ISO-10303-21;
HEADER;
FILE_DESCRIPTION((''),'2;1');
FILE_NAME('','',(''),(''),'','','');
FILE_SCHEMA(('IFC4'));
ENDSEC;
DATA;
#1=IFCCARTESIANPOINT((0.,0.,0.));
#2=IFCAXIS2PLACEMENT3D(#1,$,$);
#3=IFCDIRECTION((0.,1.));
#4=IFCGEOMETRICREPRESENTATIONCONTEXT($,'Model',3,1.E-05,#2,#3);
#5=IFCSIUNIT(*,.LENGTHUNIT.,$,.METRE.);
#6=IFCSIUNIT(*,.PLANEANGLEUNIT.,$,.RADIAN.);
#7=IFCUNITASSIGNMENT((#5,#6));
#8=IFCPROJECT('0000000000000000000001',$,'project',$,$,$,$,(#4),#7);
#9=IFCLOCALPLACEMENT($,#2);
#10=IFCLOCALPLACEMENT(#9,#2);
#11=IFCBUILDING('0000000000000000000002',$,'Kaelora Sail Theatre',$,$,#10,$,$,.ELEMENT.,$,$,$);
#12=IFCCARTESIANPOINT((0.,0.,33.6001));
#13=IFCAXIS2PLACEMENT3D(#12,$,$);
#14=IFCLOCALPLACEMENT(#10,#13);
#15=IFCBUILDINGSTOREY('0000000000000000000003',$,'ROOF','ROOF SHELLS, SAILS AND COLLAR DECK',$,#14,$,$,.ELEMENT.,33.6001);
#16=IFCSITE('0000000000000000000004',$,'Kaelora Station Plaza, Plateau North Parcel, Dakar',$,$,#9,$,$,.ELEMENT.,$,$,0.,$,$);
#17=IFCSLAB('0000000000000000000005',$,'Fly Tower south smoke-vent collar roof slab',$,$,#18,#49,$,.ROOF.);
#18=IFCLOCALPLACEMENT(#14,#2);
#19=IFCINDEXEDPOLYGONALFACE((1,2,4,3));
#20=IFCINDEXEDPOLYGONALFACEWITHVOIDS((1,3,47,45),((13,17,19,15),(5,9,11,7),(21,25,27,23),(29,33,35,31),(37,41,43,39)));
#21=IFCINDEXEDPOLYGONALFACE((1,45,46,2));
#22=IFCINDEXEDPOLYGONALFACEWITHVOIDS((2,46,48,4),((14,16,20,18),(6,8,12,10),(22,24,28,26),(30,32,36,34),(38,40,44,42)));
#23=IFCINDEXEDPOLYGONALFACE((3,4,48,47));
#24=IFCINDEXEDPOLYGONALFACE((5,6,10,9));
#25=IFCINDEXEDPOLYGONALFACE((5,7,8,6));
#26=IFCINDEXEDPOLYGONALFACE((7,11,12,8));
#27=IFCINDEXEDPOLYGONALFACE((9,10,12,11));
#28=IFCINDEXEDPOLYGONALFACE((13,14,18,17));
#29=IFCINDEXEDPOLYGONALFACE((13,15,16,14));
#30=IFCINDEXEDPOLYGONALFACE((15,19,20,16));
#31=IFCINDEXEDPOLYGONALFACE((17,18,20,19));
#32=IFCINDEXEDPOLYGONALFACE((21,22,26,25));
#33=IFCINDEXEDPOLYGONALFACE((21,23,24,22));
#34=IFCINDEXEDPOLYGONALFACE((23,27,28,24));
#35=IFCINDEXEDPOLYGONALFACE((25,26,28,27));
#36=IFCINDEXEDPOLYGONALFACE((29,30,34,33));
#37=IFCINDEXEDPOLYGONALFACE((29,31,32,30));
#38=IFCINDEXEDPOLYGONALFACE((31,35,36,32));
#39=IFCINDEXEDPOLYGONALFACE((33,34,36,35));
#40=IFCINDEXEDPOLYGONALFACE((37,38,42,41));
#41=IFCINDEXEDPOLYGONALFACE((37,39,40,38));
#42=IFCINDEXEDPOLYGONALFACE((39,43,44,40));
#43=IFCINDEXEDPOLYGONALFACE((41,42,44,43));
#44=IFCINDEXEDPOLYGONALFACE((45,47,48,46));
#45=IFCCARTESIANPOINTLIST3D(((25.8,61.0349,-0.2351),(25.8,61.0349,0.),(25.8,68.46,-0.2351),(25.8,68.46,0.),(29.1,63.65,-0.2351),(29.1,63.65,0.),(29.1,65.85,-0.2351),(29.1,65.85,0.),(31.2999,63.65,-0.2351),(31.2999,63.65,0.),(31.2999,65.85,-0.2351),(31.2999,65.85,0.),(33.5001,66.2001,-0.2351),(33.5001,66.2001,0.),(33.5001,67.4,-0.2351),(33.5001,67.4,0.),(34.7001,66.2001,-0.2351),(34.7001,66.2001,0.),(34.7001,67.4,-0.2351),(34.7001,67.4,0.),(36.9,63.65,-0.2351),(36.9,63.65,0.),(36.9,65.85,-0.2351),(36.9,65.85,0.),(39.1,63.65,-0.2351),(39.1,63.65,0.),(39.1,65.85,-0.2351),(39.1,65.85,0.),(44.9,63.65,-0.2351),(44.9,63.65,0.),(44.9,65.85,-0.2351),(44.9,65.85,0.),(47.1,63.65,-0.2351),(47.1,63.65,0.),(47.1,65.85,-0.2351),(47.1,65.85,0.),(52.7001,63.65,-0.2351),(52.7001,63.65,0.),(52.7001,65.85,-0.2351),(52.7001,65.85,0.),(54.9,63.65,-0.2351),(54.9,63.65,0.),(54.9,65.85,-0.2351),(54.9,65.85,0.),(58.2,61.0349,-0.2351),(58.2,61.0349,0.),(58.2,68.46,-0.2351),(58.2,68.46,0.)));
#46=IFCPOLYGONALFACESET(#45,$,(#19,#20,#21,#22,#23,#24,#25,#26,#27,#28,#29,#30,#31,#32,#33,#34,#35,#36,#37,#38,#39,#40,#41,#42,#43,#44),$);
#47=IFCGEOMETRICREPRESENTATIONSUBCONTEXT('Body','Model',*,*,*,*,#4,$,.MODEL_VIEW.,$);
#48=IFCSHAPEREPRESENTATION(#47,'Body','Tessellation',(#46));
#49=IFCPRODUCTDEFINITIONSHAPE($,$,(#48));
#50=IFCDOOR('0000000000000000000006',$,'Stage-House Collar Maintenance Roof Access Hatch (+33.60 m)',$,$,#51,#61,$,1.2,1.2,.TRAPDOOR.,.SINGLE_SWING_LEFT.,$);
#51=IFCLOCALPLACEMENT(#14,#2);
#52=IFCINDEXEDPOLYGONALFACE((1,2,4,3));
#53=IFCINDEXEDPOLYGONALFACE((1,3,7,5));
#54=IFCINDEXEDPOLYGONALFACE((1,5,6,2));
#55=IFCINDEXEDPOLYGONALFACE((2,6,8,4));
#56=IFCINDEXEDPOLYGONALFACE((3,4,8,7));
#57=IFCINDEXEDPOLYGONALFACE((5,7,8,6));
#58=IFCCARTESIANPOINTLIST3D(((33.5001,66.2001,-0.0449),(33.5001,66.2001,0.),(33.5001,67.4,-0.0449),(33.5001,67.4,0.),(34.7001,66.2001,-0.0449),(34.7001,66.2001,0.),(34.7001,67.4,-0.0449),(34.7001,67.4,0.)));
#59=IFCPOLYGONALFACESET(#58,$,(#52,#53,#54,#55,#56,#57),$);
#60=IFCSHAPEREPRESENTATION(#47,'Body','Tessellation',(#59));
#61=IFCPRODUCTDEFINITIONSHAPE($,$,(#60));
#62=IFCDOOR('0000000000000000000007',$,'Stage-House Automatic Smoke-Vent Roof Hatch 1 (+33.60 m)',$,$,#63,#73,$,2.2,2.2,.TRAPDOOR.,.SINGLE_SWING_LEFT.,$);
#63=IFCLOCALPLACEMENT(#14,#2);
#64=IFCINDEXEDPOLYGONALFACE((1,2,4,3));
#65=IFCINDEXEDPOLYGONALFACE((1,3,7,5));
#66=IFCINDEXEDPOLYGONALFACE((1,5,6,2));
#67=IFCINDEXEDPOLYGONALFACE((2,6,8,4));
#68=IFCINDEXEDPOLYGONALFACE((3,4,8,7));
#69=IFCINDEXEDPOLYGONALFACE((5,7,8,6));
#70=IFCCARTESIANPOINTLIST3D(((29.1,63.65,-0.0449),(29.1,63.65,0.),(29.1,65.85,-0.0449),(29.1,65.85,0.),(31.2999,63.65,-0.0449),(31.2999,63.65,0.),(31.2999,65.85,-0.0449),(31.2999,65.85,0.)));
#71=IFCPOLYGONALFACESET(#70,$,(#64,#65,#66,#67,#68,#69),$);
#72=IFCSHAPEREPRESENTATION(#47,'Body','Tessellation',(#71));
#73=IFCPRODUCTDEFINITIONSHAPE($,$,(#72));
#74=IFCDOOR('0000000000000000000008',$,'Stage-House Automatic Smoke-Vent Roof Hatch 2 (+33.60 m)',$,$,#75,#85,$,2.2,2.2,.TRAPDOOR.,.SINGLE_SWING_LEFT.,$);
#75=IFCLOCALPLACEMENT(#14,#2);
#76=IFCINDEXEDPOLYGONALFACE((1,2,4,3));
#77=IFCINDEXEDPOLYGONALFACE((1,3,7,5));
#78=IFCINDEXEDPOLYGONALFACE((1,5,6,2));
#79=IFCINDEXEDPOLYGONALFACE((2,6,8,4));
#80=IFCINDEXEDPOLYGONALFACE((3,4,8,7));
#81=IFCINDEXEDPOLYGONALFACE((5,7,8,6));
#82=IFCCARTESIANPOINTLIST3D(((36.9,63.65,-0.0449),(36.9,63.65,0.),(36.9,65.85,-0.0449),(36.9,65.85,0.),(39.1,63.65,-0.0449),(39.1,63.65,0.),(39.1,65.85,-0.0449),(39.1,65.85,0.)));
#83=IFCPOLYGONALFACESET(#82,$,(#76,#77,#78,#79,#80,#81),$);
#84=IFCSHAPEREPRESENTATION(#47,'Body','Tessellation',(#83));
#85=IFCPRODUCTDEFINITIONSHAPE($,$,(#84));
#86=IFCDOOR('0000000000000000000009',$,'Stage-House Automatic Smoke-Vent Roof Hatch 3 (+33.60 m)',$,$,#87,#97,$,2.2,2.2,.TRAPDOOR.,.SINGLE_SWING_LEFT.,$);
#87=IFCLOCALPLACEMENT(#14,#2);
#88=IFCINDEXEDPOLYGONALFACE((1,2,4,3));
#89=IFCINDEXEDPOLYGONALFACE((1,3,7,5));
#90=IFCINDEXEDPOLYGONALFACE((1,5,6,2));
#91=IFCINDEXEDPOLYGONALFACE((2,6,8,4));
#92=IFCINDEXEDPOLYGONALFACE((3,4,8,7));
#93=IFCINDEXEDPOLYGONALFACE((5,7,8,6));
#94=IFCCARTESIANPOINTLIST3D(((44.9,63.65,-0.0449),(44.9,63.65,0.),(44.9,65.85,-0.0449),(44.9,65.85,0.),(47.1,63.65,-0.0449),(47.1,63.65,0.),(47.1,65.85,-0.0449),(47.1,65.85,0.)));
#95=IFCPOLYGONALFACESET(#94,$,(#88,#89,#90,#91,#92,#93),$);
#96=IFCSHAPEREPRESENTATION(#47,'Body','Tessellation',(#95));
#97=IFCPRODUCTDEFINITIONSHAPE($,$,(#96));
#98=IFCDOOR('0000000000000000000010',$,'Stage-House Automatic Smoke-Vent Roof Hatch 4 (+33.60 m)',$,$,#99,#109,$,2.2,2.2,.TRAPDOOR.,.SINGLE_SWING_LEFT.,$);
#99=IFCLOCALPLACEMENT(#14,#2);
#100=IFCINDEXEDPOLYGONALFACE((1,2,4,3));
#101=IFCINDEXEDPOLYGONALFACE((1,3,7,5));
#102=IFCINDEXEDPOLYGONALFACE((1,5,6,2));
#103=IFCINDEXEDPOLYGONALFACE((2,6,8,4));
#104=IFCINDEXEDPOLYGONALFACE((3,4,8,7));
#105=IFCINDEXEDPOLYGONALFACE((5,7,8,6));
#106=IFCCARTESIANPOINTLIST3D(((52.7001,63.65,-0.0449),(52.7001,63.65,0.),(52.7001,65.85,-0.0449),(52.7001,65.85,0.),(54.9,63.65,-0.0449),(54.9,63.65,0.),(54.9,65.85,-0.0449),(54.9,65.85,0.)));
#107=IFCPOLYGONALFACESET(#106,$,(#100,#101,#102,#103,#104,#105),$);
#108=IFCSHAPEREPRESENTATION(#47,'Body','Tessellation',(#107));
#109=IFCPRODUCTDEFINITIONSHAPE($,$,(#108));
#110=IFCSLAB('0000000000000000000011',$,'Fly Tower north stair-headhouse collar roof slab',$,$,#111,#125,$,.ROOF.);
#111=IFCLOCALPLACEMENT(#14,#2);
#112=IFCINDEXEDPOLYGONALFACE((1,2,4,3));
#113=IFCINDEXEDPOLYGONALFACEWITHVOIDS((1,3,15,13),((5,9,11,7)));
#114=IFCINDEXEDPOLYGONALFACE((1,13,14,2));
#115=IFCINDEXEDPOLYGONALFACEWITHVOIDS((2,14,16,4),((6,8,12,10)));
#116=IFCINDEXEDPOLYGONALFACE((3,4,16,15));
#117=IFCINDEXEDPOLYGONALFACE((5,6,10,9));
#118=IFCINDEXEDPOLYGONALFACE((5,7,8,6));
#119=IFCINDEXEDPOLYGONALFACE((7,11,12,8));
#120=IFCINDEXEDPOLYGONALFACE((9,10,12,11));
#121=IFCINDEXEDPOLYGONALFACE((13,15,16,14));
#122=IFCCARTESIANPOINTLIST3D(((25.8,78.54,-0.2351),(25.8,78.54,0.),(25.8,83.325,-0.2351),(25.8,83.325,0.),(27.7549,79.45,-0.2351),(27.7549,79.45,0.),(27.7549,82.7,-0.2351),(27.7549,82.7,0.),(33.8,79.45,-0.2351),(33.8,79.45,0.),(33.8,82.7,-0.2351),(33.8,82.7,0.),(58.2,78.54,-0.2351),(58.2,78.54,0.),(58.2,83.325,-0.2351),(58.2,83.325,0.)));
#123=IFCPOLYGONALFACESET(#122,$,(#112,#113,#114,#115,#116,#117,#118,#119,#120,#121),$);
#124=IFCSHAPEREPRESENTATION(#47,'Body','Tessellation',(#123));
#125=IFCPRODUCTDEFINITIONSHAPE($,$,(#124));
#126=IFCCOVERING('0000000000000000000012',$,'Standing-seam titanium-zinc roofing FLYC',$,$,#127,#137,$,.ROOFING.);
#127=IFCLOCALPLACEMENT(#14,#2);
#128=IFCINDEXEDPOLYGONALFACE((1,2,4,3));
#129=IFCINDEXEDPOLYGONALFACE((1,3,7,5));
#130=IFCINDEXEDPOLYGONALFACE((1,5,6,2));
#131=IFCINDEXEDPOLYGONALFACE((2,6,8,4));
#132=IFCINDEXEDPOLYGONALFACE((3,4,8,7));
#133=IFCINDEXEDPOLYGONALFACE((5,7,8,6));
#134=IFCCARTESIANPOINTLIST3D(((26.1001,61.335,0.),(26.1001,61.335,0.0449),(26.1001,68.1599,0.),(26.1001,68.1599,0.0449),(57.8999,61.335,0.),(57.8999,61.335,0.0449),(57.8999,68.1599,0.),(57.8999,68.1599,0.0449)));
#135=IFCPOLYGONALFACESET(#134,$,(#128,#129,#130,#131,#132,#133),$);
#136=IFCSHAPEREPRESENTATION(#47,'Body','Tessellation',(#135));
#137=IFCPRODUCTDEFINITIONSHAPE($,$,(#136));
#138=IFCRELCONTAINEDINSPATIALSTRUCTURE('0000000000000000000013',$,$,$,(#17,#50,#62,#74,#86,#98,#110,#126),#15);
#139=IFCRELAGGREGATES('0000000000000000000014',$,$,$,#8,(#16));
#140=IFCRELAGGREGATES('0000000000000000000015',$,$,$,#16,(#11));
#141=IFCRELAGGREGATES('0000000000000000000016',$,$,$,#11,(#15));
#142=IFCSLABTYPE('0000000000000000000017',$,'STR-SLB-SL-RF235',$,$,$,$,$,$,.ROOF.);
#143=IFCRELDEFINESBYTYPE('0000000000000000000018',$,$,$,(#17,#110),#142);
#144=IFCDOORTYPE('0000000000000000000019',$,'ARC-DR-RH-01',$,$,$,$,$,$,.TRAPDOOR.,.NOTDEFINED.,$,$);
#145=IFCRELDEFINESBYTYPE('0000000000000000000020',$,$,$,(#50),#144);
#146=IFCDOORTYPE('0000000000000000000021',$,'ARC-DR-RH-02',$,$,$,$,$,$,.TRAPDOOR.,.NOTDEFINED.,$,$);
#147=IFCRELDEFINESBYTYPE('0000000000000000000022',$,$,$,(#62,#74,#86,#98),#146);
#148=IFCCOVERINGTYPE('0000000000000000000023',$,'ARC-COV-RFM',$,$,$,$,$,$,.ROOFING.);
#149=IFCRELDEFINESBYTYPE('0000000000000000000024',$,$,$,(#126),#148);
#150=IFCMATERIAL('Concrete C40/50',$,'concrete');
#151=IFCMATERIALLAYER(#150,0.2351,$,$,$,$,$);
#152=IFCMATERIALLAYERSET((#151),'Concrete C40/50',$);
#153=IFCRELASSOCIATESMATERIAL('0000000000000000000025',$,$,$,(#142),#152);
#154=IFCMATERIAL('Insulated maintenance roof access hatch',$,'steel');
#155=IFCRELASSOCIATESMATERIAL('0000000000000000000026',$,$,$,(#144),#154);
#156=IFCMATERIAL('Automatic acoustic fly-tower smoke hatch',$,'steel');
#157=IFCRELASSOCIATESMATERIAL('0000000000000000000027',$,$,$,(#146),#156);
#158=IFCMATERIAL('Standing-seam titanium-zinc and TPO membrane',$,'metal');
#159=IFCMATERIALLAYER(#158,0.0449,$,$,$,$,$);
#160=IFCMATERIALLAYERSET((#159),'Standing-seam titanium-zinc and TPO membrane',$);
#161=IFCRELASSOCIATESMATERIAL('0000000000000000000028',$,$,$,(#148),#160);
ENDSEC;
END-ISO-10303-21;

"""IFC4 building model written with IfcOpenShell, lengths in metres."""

from ifc_helpers import new_model, si_unit, direction, frame, origin, origin_2d, place, context, subcontext, project, spatial, polyline, rectangle, outline, extrude, material, layer, layer_set, type_object, element, fill, save


model = new_model("IFC4")

# Units and contexts
model_context = context("Model", 3, precision=1e-05, world=origin(), true_north=direction((0.0, 1.0)))
body_context = subcontext(model_context, "Body", "Model", "MODEL_VIEW")
ifc_project = project(units=[si_unit("LENGTHUNIT", "METRE"), si_unit("PLANEANGLEUNIT", "RADIAN")], contexts=[model_context])

# Site, building, storey
site_placement = place(None, origin())
site = spatial("IfcSite", under=ifc_project, at=site_placement, Name="Kaelora Station Plaza, Plateau North Parcel, Dakar", CompositionType="ELEMENT", RefElevation=0.0)
building_placement = place(site_placement, origin())
building = spatial("IfcBuilding", under=site, at=building_placement, Name="Kaelora Sail Theatre", CompositionType="ELEMENT")
storey_placement = place(building_placement, frame((0.0, 0.0, 33.6001)))
storey = spatial("IfcBuildingStorey", under=building, at=storey_placement, Name="ROOF", Description="ROOF SHELLS, SAILS AND COLLAR DECK", CompositionType="ELEMENT", Elevation=33.6001)

# Slab, openings, doors
ifc_material_1 = material(Name="Concrete C40/50", Category="concrete")
ifc_layer_1 = layer(ifc_material_1, 0.2351)
ifc_layer_set_1 = layer_set([ifc_layer_1], Name="Concrete C40/50")
slab_type_1 = type_object("IfcSlabType", Name="STR-SLB-SL-RF235", PredefinedType="ROOF", material=ifc_layer_set_1)
slab_1_placement = place(storey_placement, frame((0.0, 0.0, -0.2351)))
slab_1 = element("IfcSlab", 1, at=slab_1_placement, inside=storey, type_object=slab_type_1, Name="Fly Tower south smoke-vent collar roof slab", PredefinedType="ROOF", context=body_context, shape_type="SweptSolid", body=[
    extrude(outline(polyline([(25.8, 61.0349), (58.2, 61.0349), (58.2, 68.46), (25.8, 68.46), (25.8, 61.0349)])), origin(), (0.0, 0.0, 1.0), 0.2351),
])
opening_1_placement = place(slab_1_placement, frame((30.2, 64.75, 0.0)))
opening_1 = element("IfcOpeningElement", 2, at=opening_1_placement, cuts=slab_1, PredefinedType="OPENING", context=body_context, shape_type="SweptSolid", body=[
    extrude(rectangle(XDim=2.2, YDim=2.2, at=origin_2d()), origin(), (0.0, 0.0, 1.0), 0.2351),
])
opening_2_placement = place(slab_1_placement, frame((38.0, 64.75, 0.0)))
opening_2 = element("IfcOpeningElement", 3, at=opening_2_placement, cuts=slab_1, PredefinedType="OPENING", context=body_context, shape_type="SweptSolid", body=[
    extrude(rectangle(XDim=2.2, YDim=2.2, at=origin_2d()), origin(), (0.0, 0.0, 1.0), 0.2351),
])
opening_3_placement = place(slab_1_placement, frame((46.0, 64.75, 0.0)))
opening_3 = element("IfcOpeningElement", 4, at=opening_3_placement, cuts=slab_1, PredefinedType="OPENING", context=body_context, shape_type="SweptSolid", body=[
    extrude(rectangle(XDim=2.2, YDim=2.2, at=origin_2d()), origin(), (0.0, 0.0, 1.0), 0.2351),
])
opening_4_placement = place(slab_1_placement, frame((53.8, 64.75, 0.0)))
opening_4 = element("IfcOpeningElement", 5, at=opening_4_placement, cuts=slab_1, PredefinedType="OPENING", context=body_context, shape_type="SweptSolid", body=[
    extrude(rectangle(XDim=2.2, YDim=2.2, at=origin_2d()), origin(), (0.0, 0.0, 1.0), 0.2351),
])
opening_5_placement = place(slab_1_placement, frame((34.1001, 66.8, 0.0)))
opening_5 = element("IfcOpeningElement", 6, at=opening_5_placement, cuts=slab_1, PredefinedType="OPENING", context=body_context, shape_type="SweptSolid", body=[
    extrude(rectangle(XDim=1.2, YDim=1.2, at=origin_2d()), origin(), (0.0, 0.0, 1.0), 0.2351),
])
ifc_material_2 = material(Name="Insulated maintenance roof access hatch", Category="steel")
door_type_1 = type_object("IfcDoorType", Name="ARC-DR-RH-01", OperationType="NOTDEFINED", PredefinedType="TRAPDOOR", material=ifc_material_2)
door_1_placement = place(opening_5_placement, frame((0.0, 0.0, 0.1902)))
door_1 = element("IfcDoor", 7, at=door_1_placement, inside=storey, type_object=door_type_1, Name="Stage-House Collar Maintenance Roof Access Hatch (+33.60 m)", OperationType="SINGLE_SWING_LEFT", OverallHeight=1.2, OverallWidth=1.2, PredefinedType="TRAPDOOR", context=body_context, shape_type="SweptSolid", body=[
    extrude(rectangle(XDim=1.2, YDim=1.2, at=origin_2d()), origin(), (0.0, 0.0, 1.0), 0.0449),
])
fill(opening_5, door_1)
ifc_material_3 = material(Name="Automatic acoustic fly-tower smoke hatch", Category="steel")
door_type_2 = type_object("IfcDoorType", Name="ARC-DR-RH-02", OperationType="NOTDEFINED", PredefinedType="TRAPDOOR", material=ifc_material_3)
door_2_placement = place(opening_1_placement, frame((0.0, 0.0, 0.1902)))
door_2 = element("IfcDoor", 8, at=door_2_placement, inside=storey, type_object=door_type_2, Name="Stage-House Automatic Smoke-Vent Roof Hatch 1 (+33.60 m)", OperationType="SINGLE_SWING_LEFT", OverallHeight=2.2, OverallWidth=2.2, PredefinedType="TRAPDOOR", context=body_context, shape_type="SweptSolid", body=[
    extrude(rectangle(XDim=2.2, YDim=2.2, at=origin_2d()), origin(), (0.0, 0.0, 1.0), 0.0449),
])
fill(opening_1, door_2)
door_3_placement = place(opening_2_placement, frame((0.0, 0.0, 0.1902)))
door_3 = element("IfcDoor", 9, at=door_3_placement, inside=storey, type_object=door_type_2, Name="Stage-House Automatic Smoke-Vent Roof Hatch 2 (+33.60 m)", OperationType="SINGLE_SWING_LEFT", OverallHeight=2.2, OverallWidth=2.2, PredefinedType="TRAPDOOR", context=body_context, shape_type="SweptSolid", body=[
    extrude(rectangle(XDim=2.2, YDim=2.2, at=origin_2d()), origin(), (0.0, 0.0, 1.0), 0.0449),
])
fill(opening_2, door_3)
door_4_placement = place(opening_3_placement, frame((0.0, 0.0, 0.1902)))
door_4 = element("IfcDoor", 10, at=door_4_placement, inside=storey, type_object=door_type_2, Name="Stage-House Automatic Smoke-Vent Roof Hatch 3 (+33.60 m)", OperationType="SINGLE_SWING_LEFT", OverallHeight=2.2, OverallWidth=2.2, PredefinedType="TRAPDOOR", context=body_context, shape_type="SweptSolid", body=[
    extrude(rectangle(XDim=2.2, YDim=2.2, at=origin_2d()), origin(), (0.0, 0.0, 1.0), 0.0449),
])
fill(opening_3, door_4)
door_5_placement = place(opening_4_placement, frame((0.0, 0.0, 0.1902)))
door_5 = element("IfcDoor", 11, at=door_5_placement, inside=storey, type_object=door_type_2, Name="Stage-House Automatic Smoke-Vent Roof Hatch 4 (+33.60 m)", OperationType="SINGLE_SWING_LEFT", OverallHeight=2.2, OverallWidth=2.2, PredefinedType="TRAPDOOR", context=body_context, shape_type="SweptSolid", body=[
    extrude(rectangle(XDim=2.2, YDim=2.2, at=origin_2d()), origin(), (0.0, 0.0, 1.0), 0.0449),
])
fill(opening_4, door_5)

# Slab
slab_2_placement = place(storey_placement, frame((0.0, 0.0, -0.2351)))
element("IfcSlab", 12, at=slab_2_placement, inside=storey, type_object=slab_type_1, Name="Fly Tower north stair-headhouse collar roof slab", PredefinedType="ROOF", context=body_context, shape_type="SweptSolid", body=[
    extrude(outline(polyline([(25.8, 78.54), (58.2, 78.54), (58.2, 83.325), (25.8, 83.325), (25.8, 78.54)]), holes=[polyline([(27.7549, 79.45), (33.8, 79.45), (33.8, 82.7), (27.7549, 82.7), (27.7549, 79.45)])]), origin(), (0.0, 0.0, 1.0), 0.2351),
])

# Covering
ifc_material_4 = material(Name="Standing-seam titanium-zinc and TPO membrane", Category="metal")
ifc_layer_2 = layer(ifc_material_4, 0.0449)
ifc_layer_set_2 = layer_set([ifc_layer_2], Name="Standing-seam titanium-zinc and TPO membrane")
covering_type = type_object("IfcCoveringType", Name="ARC-COV-RFM", PredefinedType="ROOFING", material=ifc_layer_set_2)
covering_placement = place(storey_placement, origin())
element("IfcCovering", 13, at=covering_placement, inside=storey, type_object=covering_type, Name="Standing-seam titanium-zinc roofing FLYC", PredefinedType="ROOFING", context=body_context, shape_type="SweptSolid", body=[
    extrude(outline(polyline([(26.1001, 61.335), (57.8999, 61.335), (57.8999, 68.1599), (26.1001, 68.1599), (26.1001, 61.335)])), origin(), (0.0, 0.0, 1.0), 0.0449),
])

save(model, "model.ifc")
